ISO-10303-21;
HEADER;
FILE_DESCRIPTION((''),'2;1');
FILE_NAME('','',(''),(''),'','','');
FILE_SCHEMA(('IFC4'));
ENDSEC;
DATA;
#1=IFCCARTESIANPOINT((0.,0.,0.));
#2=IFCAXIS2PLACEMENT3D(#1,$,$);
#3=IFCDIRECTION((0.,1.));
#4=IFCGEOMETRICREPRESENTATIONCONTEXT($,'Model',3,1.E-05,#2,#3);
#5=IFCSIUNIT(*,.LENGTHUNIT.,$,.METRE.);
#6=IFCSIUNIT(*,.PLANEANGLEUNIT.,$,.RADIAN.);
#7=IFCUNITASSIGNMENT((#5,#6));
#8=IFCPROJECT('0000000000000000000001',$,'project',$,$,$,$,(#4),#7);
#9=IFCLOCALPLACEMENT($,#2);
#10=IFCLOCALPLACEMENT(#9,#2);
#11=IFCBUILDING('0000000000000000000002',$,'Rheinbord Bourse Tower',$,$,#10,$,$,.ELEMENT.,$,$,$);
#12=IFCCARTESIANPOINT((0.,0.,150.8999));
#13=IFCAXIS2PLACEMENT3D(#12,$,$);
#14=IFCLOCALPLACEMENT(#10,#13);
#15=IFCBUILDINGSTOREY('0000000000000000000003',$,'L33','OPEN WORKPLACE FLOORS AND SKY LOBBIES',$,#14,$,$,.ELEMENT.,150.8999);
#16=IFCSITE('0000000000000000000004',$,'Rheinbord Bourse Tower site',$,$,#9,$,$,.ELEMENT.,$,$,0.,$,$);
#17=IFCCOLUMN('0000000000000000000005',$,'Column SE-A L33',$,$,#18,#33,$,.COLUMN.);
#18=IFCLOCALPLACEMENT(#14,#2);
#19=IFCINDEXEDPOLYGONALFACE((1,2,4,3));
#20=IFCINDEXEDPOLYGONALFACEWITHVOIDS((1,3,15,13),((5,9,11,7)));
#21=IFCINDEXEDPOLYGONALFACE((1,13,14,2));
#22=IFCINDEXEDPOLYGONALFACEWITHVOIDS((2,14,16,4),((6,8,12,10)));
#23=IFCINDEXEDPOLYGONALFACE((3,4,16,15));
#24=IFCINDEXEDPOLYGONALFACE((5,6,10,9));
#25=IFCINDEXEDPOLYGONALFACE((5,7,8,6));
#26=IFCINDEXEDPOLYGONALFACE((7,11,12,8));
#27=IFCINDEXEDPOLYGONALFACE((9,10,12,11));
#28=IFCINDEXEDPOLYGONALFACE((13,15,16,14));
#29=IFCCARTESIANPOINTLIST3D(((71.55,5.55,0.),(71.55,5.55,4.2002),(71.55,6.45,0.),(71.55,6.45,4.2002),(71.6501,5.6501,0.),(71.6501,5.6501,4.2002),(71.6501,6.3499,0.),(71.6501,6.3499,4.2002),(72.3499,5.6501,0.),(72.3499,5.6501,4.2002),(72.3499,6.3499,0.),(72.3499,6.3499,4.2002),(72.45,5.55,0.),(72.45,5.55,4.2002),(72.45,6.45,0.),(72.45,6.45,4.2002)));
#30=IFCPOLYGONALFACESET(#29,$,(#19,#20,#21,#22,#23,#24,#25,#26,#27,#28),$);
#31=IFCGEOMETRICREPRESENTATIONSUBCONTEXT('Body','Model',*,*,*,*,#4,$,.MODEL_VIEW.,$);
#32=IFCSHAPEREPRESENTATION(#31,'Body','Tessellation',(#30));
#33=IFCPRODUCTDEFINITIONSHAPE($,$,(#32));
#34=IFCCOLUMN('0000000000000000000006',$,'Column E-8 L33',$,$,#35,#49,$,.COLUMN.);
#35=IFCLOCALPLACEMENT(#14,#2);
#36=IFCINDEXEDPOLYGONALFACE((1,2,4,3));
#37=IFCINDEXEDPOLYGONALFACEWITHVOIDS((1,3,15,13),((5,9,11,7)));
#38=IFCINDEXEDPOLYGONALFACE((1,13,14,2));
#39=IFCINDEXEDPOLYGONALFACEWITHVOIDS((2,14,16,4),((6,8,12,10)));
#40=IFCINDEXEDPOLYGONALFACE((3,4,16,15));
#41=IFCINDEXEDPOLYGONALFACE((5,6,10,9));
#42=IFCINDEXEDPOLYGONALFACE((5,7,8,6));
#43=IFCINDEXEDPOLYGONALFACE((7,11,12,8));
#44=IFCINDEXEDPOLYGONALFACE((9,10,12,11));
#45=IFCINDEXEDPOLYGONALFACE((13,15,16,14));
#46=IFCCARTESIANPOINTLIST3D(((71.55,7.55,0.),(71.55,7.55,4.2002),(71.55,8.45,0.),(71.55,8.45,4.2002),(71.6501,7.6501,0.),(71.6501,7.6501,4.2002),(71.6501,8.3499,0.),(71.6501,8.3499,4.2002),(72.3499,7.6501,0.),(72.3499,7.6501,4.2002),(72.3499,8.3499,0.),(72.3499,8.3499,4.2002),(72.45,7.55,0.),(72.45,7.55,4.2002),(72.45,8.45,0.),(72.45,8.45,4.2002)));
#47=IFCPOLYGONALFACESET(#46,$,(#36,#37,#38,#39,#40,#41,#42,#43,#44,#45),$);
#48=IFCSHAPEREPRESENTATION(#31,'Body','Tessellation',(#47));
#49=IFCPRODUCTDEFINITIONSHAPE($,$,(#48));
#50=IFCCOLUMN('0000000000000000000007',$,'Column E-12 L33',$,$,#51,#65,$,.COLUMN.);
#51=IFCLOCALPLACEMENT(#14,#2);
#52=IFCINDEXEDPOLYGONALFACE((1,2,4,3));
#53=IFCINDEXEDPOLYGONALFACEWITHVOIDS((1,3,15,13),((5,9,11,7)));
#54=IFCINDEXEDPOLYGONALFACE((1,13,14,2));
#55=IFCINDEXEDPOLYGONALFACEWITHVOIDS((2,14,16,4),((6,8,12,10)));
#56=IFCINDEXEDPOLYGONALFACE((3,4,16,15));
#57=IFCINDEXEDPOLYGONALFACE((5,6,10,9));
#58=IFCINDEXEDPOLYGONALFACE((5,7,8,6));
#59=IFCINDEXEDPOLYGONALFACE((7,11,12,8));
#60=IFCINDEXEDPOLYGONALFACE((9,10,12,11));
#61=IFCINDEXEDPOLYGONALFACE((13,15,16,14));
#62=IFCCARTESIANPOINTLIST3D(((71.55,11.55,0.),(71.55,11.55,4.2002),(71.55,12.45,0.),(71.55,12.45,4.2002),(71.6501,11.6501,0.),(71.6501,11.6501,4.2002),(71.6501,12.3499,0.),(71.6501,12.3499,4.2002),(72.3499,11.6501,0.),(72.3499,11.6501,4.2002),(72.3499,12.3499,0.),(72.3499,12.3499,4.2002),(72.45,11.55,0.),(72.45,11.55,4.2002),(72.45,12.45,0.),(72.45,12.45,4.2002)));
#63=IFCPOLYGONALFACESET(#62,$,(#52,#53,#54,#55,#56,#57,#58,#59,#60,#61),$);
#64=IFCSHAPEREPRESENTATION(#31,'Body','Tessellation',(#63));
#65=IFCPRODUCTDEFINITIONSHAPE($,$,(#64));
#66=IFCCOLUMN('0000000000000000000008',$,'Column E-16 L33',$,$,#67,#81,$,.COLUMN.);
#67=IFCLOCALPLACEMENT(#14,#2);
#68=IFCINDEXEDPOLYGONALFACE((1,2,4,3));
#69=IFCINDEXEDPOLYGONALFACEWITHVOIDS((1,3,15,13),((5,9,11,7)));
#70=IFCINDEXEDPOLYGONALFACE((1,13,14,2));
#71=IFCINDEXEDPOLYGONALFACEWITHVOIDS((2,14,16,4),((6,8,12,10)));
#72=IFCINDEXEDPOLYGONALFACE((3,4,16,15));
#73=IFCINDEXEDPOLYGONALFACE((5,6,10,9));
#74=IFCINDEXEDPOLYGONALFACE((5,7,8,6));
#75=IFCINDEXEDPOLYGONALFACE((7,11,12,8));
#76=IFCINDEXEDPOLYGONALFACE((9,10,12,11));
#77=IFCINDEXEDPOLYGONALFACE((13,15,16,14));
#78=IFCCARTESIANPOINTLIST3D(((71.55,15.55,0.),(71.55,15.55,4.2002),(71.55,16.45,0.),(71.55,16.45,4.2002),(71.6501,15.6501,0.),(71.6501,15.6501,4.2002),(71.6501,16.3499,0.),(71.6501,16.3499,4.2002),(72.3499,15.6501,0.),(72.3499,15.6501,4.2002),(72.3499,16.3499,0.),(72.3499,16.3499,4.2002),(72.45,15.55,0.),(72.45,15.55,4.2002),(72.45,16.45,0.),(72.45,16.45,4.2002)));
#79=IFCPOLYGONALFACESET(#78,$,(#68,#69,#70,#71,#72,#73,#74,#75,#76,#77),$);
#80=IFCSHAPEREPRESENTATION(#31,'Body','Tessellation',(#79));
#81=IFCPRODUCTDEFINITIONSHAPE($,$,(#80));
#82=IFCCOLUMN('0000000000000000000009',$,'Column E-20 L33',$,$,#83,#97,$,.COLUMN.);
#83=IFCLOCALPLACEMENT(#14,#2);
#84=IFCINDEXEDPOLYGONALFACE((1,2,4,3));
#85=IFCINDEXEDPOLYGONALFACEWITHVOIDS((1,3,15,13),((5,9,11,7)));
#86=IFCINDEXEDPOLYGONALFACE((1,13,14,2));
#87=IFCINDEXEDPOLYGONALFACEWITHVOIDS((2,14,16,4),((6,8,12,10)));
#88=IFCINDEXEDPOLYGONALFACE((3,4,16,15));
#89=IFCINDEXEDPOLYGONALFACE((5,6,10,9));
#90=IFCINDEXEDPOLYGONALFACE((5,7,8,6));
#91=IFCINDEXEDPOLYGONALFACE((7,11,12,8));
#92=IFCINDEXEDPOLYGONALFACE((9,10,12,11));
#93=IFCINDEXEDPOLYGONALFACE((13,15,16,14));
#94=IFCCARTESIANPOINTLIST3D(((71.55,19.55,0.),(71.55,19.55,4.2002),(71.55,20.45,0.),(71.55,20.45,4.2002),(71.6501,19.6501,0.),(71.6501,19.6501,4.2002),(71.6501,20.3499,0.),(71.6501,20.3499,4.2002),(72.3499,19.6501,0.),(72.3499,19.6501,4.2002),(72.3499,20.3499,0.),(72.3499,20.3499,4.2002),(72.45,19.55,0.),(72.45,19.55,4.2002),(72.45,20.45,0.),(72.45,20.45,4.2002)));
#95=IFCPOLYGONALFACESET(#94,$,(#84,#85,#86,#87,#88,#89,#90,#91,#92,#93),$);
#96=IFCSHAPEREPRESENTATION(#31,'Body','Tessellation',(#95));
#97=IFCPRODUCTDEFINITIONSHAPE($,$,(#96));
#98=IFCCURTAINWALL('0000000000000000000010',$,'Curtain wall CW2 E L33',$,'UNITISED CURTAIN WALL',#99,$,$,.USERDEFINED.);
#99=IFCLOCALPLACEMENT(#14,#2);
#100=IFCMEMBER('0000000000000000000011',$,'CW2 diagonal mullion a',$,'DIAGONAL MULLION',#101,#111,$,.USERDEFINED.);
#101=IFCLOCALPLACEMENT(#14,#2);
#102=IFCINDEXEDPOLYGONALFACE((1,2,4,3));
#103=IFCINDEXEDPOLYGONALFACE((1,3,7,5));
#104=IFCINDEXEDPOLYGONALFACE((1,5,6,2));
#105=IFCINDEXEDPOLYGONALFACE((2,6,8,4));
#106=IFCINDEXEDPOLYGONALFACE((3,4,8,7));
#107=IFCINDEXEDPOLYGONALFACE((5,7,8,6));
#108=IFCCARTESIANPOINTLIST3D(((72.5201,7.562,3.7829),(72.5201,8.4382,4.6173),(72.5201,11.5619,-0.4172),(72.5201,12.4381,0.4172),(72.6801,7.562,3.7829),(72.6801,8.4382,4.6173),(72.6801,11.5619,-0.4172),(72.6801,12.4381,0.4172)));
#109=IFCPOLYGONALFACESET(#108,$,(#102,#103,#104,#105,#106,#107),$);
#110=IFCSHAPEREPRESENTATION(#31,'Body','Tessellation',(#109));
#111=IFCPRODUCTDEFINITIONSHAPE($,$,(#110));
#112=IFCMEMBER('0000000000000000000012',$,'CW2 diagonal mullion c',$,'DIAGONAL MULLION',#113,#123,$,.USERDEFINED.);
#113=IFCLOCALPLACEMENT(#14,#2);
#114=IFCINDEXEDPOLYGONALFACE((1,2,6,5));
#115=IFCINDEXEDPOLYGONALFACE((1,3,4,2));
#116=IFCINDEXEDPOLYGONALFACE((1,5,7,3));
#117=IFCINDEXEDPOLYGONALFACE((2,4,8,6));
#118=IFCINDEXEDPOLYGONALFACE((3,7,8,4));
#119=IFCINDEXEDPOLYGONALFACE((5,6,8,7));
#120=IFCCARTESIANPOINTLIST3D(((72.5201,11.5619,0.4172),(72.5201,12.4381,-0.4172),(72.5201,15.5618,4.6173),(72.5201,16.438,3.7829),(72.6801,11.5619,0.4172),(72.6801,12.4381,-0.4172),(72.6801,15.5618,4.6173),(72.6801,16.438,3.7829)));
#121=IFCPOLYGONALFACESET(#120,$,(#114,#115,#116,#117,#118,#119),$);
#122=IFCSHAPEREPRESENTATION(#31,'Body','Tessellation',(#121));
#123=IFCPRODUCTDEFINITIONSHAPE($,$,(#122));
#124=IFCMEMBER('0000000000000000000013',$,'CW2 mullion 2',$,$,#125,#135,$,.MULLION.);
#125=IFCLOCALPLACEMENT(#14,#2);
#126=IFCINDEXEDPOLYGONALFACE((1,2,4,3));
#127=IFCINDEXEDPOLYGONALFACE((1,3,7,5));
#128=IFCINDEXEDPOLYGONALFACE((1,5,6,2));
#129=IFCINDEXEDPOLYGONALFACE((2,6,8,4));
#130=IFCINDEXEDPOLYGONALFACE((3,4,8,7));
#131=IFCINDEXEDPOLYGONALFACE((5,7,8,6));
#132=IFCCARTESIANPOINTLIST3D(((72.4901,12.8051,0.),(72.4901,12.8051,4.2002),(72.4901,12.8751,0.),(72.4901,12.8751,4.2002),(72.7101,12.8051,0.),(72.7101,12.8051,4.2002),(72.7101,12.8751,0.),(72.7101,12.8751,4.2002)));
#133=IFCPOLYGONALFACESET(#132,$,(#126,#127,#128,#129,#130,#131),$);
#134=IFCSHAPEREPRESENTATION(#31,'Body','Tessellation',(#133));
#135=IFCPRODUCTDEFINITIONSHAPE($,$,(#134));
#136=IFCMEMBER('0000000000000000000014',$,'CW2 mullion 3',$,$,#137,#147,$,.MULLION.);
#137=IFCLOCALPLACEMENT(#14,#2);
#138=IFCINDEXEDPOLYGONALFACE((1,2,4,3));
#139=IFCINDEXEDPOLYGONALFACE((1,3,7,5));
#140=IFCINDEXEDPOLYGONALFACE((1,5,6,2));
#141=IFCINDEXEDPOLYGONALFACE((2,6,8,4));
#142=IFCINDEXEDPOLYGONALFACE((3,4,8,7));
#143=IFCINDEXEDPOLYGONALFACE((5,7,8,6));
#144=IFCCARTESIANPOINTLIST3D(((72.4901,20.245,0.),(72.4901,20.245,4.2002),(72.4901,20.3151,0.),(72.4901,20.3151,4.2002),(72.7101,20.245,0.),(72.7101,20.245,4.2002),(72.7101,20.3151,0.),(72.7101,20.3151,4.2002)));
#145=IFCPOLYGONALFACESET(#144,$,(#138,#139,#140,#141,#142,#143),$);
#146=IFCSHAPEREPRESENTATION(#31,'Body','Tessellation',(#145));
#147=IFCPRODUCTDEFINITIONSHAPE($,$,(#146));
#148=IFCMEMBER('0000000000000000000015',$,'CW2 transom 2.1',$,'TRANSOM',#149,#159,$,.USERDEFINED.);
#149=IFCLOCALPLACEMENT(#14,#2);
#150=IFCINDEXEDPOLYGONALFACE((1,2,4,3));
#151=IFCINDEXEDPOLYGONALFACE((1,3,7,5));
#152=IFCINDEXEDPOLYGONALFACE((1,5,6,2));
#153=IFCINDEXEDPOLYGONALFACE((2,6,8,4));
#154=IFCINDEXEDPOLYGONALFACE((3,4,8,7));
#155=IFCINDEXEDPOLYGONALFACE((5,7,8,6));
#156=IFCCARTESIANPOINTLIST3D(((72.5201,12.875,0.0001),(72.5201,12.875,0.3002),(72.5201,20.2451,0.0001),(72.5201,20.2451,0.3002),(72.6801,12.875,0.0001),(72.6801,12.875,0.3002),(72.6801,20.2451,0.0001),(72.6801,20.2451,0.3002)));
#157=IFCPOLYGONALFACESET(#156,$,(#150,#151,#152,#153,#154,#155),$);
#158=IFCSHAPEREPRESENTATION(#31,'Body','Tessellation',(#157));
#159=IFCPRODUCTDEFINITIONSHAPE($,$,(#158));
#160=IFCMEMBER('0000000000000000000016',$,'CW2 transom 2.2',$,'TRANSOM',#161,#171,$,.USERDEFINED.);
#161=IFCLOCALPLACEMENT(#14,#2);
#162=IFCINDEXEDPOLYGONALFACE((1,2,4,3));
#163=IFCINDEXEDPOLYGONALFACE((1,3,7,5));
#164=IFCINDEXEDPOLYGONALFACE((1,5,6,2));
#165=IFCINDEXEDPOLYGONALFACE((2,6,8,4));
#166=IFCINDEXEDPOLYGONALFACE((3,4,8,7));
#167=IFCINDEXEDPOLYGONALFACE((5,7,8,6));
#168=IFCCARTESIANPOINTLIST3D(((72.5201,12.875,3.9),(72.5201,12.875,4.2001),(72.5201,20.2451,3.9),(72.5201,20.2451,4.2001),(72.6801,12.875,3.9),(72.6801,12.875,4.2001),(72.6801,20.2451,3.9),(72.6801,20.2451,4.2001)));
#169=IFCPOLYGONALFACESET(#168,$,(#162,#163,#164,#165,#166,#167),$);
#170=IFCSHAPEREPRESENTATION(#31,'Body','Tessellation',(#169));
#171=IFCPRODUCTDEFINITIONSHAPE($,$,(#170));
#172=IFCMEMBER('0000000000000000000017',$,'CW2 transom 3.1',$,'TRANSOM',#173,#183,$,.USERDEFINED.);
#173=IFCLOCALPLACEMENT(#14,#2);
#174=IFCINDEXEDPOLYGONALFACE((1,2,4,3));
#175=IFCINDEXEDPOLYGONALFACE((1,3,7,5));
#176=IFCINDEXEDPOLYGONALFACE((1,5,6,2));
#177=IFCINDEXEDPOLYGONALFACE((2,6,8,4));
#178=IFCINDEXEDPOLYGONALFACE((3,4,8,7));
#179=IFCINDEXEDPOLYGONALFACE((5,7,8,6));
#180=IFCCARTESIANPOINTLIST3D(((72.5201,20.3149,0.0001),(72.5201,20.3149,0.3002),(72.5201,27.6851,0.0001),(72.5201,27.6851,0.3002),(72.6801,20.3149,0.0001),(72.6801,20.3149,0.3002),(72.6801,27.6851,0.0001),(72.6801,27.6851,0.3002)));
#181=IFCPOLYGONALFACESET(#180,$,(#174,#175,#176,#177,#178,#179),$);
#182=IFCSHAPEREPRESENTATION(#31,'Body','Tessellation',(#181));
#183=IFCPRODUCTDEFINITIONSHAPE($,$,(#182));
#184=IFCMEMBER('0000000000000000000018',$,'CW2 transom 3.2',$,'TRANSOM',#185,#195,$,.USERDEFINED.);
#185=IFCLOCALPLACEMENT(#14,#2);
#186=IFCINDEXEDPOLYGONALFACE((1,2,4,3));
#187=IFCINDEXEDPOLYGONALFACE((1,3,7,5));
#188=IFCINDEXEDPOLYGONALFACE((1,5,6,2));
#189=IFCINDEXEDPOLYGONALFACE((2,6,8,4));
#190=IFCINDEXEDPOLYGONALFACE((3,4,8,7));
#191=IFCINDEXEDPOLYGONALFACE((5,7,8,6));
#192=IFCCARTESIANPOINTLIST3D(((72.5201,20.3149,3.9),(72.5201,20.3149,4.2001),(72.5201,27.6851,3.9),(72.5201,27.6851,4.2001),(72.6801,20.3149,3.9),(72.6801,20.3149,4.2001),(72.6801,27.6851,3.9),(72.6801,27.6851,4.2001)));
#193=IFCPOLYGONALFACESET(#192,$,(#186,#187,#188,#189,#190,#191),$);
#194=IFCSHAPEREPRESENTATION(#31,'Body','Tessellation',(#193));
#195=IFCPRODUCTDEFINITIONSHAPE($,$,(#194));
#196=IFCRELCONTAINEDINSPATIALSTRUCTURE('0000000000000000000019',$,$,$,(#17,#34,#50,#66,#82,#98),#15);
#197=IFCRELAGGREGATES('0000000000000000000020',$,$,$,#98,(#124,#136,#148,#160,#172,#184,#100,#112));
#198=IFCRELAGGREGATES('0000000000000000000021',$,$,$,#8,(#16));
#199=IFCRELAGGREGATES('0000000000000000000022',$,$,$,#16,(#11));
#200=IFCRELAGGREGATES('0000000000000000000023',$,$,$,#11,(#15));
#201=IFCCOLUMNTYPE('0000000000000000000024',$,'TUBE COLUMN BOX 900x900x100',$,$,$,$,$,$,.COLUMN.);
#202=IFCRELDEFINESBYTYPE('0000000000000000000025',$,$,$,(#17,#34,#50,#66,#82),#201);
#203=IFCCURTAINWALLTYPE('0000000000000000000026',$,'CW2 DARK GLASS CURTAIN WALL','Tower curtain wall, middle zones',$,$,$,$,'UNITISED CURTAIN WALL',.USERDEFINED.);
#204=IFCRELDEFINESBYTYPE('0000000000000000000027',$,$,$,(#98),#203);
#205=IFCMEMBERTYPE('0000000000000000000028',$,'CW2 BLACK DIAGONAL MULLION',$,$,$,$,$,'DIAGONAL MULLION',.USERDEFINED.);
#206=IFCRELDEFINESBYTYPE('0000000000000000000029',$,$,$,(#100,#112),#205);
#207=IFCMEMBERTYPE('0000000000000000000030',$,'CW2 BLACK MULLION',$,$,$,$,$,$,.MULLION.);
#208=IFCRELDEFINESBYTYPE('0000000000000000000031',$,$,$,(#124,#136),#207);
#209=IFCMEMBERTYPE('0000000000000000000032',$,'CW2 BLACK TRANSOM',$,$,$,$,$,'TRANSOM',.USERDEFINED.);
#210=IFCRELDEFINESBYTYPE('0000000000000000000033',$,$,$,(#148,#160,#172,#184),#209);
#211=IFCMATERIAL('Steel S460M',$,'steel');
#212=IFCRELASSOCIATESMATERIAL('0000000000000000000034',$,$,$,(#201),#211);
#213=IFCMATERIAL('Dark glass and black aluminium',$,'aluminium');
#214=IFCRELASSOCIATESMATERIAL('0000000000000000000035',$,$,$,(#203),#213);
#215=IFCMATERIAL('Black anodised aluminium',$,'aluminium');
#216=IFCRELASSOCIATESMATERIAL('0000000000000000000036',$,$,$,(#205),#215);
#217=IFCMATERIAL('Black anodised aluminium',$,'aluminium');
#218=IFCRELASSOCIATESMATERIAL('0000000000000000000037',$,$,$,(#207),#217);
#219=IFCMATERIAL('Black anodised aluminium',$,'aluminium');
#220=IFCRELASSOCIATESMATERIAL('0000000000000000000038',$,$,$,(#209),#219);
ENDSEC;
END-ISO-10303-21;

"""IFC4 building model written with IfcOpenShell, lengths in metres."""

from ifc_helpers import new_model, si_unit, direction, frame, origin, origin_2d, place, context, subcontext, project, spatial, rectangle, hollow_rectangle, extrude, material, material_profile, profile_set, type_object, element, aggregate, save


model = new_model("IFC4")

# Units and contexts
model_context = context("Model", 3, precision=1e-05, world=origin(), true_north=direction((0.0, 1.0)))
body_context = subcontext(model_context, "Body", "Model", "MODEL_VIEW")
ifc_project = project(units=[si_unit("LENGTHUNIT", "METRE"), si_unit("PLANEANGLEUNIT", "RADIAN")], contexts=[model_context])

# Site, building, storey
site_placement = place(None, origin())
site = spatial("IfcSite", under=ifc_project, at=site_placement, Name="Rheinbord Bourse Tower site", CompositionType="ELEMENT", RefElevation=0.0)
building_placement = place(site_placement, origin())
building = spatial("IfcBuilding", under=site, at=building_placement, Name="Rheinbord Bourse Tower", CompositionType="ELEMENT")
storey_placement = place(building_placement, frame((0.0, 0.0, 150.8999)))
storey = spatial("IfcBuildingStorey", under=building, at=storey_placement, Name="L33", Description="OPEN WORKPLACE FLOORS AND SKY LOBBIES", CompositionType="ELEMENT", Elevation=150.8999)

# Columns
ifc_material_1 = material(Name="Steel S460M", Category="steel")
ifc_material_profile_1 = material_profile(ifc_material_1, hollow_rectangle(XDim=0.8999, YDim=0.8999, WallThickness=0.1001, at=origin_2d()), Name="BOX 900x900x100")
ifc_profile_set_1 = profile_set([ifc_material_profile_1], Name="Steel S460M")
column_type = type_object("IfcColumnType", Name="TUBE COLUMN BOX 900x900x100", PredefinedType="COLUMN", material=ifc_profile_set_1)
for number, where, z_axis, x_axis, name in (
    (1, (72.0, 6.0, 0.0), (0.0, 0.0, 1.0), (1.0, 0.0, 0.0), "Column SE-A L33"),
    (2, (72.0, 8.0, 0.0), (0.0, 0.0, 1.0), (1.0, 0.0, 0.0), "Column E-8 L33"),
    (3, (72.0, 12.0, 0.0), (0.0, 0.0, 1.0), (1.0, 0.0, 0.0), "Column E-12 L33"),
    (4, (72.0, 16.0, 0.0), (0.0, 0.0, 1.0), (1.0, 0.0, 0.0), "Column E-16 L33"),
    (5, (72.0, 20.0, 0.0), (0.0, 0.0, 1.0), (1.0, 0.0, 0.0), "Column E-20 L33"),
):
    element("IfcColumn", number, at=place(storey_placement, frame(where, z_axis=z_axis, x_axis=x_axis)), inside=storey, type_object=column_type, Name=name, PredefinedType="COLUMN", context=body_context, shape_type="SweptSolid", body=[
        extrude(hollow_rectangle(XDim=0.8999, YDim=0.8999, WallThickness=0.1001, at=origin_2d()), origin(), (0.0, 0.0, 1.0), 4.2002),
    ])

# Curtain wall, members
ifc_material_2 = material(Name="Dark glass and black aluminium", Category="aluminium")
curtain_wall_type = type_object("IfcCurtainWallType", Name="CW2 DARK GLASS CURTAIN WALL", Description="Tower curtain wall, middle zones", ElementType="UNITISED CURTAIN WALL", PredefinedType="USERDEFINED", material=ifc_material_2)
curtain_wall_placement = place(storey_placement, origin())
curtain_wall = element("IfcCurtainWall", 6, at=curtain_wall_placement, inside=storey, type_object=curtain_wall_type, Name="Curtain wall CW2 E L33", ObjectType="UNITISED CURTAIN WALL", PredefinedType="USERDEFINED")
ifc_material_3 = material(Name="Black anodised aluminium", Category="aluminium")
ifc_material_profile_2 = material_profile(ifc_material_3, rectangle(XDim=0.1599, YDim=1.21, at=origin_2d()), Name="CW2 DIAGONAL MULLION 1210x160")
ifc_profile_set_2 = profile_set([ifc_material_profile_2], Name="Black anodised aluminium")
member_type_1 = type_object("IfcMemberType", Name="CW2 BLACK DIAGONAL MULLION", ElementType="DIAGONAL MULLION", PredefinedType="USERDEFINED", material=ifc_profile_set_2)
member_1_placement = place(storey_placement, frame((72.6001, 12.0, 0.0), z_axis=(0.0, -0.689638, 0.724154), x_axis=(1.0, 0.0, 0.0)))
member_1 = element("IfcMember", 7, at=member_1_placement, type_object=member_type_1, Name="CW2 diagonal mullion a", ObjectType="DIAGONAL MULLION", PredefinedType="USERDEFINED", context=body_context, shape_type="SweptSolid", body=[
    extrude(rectangle(XDim=0.1599, YDim=1.21, at=origin_2d()), origin(), (0.0, 0.0, 1.0), 5.8),
])
member_2_placement = place(storey_placement, frame((72.6001, 12.0, 0.0), z_axis=(0.0, 0.689638, 0.724154), x_axis=(-1.0, 0.0, 0.0)))
member_2 = element("IfcMember", 8, at=member_2_placement, type_object=member_type_1, Name="CW2 diagonal mullion c", ObjectType="DIAGONAL MULLION", PredefinedType="USERDEFINED", context=body_context, shape_type="SweptSolid", body=[
    extrude(rectangle(XDim=0.1599, YDim=1.21, at=origin_2d()), origin(), (0.0, 0.0, 1.0), 5.8),
])
ifc_material_4 = material(Name="Black anodised aluminium", Category="aluminium")
ifc_material_profile_3 = material_profile(ifc_material_4, rectangle(XDim=0.22, YDim=0.0701, at=origin_2d()), Name="CW2 MULLION 70x220")
ifc_profile_set_3 = profile_set([ifc_material_profile_3], Name="Black anodised aluminium")
member_type_2 = type_object("IfcMemberType", Name="CW2 BLACK MULLION", PredefinedType="MULLION", material=ifc_profile_set_3)
member_3_placement = place(storey_placement, frame((72.6001, 12.8401, 0.0), z_axis=(0.0, 0.0, 1.0), x_axis=(-1.0, 0.0, 0.0)))
member_3 = element("IfcMember", 9, at=member_3_placement, type_object=member_type_2, Name="CW2 mullion 2", PredefinedType="MULLION", context=body_context, shape_type="SweptSolid", body=[
    extrude(rectangle(XDim=0.22, YDim=0.0701, at=origin_2d()), origin(), (0.0, 0.0, 1.0), 4.2002),
])
member_4_placement = place(storey_placement, frame((72.6001, 20.28, 0.0), z_axis=(0.0, 0.0, 1.0), x_axis=(-1.0, 0.0, 0.0)))
member_4 = element("IfcMember", 10, at=member_4_placement, type_object=member_type_2, Name="CW2 mullion 3", PredefinedType="MULLION", context=body_context, shape_type="SweptSolid", body=[
    extrude(rectangle(XDim=0.22, YDim=0.0701, at=origin_2d()), origin(), (0.0, 0.0, 1.0), 4.2002),
])
ifc_material_5 = material(Name="Black anodised aluminium", Category="aluminium")
ifc_material_profile_4 = material_profile(ifc_material_5, rectangle(XDim=0.1599, YDim=0.3, at=origin_2d()), Name="CW2 TRANSOM 300x160")
ifc_profile_set_4 = profile_set([ifc_material_profile_4], Name="Black anodised aluminium")
member_type_3 = type_object("IfcMemberType", Name="CW2 BLACK TRANSOM", ElementType="TRANSOM", PredefinedType="USERDEFINED", material=ifc_profile_set_4)
member_5_placement = place(storey_placement, frame((72.6001, 12.875, 0.1501), z_axis=(0.0, 1.0, 0.0), x_axis=(-1.0, 0.0, 0.0)))
member_5 = element("IfcMember", 11, at=member_5_placement, type_object=member_type_3, Name="CW2 transom 2.1", ObjectType="TRANSOM", PredefinedType="USERDEFINED", context=body_context, shape_type="SweptSolid", body=[
    extrude(rectangle(XDim=0.1599, YDim=0.3, at=origin_2d()), origin(), (0.0, 0.0, 1.0), 7.3701),
])
member_6_placement = place(storey_placement, frame((72.6001, 12.875, 4.05), z_axis=(0.0, 1.0, 0.0), x_axis=(-1.0, 0.0, 0.0)))
member_6 = element("IfcMember", 12, at=member_6_placement, type_object=member_type_3, Name="CW2 transom 2.2", ObjectType="TRANSOM", PredefinedType="USERDEFINED", context=body_context, shape_type="SweptSolid", body=[
    extrude(rectangle(XDim=0.1599, YDim=0.3, at=origin_2d()), origin(), (0.0, 0.0, 1.0), 7.3701),
])
member_7_placement = place(storey_placement, frame((72.6001, 20.3149, 0.1501), z_axis=(0.0, 1.0, 0.0), x_axis=(-1.0, 0.0, 0.0)))
member_7 = element("IfcMember", 13, at=member_7_placement, type_object=member_type_3, Name="CW2 transom 3.1", ObjectType="TRANSOM", PredefinedType="USERDEFINED", context=body_context, shape_type="SweptSolid", body=[
    extrude(rectangle(XDim=0.1599, YDim=0.3, at=origin_2d()), origin(), (0.0, 0.0, 1.0), 7.3701),
])
member_8_placement = place(storey_placement, frame((72.6001, 20.3149, 4.05), z_axis=(0.0, 1.0, 0.0), x_axis=(-1.0, 0.0, 0.0)))
member_8 = element("IfcMember", 14, at=member_8_placement, type_object=member_type_3, Name="CW2 transom 3.2", ObjectType="TRANSOM", PredefinedType="USERDEFINED", context=body_context, shape_type="SweptSolid", body=[
    extrude(rectangle(XDim=0.1599, YDim=0.3, at=origin_2d()), origin(), (0.0, 0.0, 1.0), 7.3701),
])

aggregate(curtain_wall, [member_3, member_4, member_5, member_6, member_7, member_8, member_1, member_2])

save(model, "model.ifc")
